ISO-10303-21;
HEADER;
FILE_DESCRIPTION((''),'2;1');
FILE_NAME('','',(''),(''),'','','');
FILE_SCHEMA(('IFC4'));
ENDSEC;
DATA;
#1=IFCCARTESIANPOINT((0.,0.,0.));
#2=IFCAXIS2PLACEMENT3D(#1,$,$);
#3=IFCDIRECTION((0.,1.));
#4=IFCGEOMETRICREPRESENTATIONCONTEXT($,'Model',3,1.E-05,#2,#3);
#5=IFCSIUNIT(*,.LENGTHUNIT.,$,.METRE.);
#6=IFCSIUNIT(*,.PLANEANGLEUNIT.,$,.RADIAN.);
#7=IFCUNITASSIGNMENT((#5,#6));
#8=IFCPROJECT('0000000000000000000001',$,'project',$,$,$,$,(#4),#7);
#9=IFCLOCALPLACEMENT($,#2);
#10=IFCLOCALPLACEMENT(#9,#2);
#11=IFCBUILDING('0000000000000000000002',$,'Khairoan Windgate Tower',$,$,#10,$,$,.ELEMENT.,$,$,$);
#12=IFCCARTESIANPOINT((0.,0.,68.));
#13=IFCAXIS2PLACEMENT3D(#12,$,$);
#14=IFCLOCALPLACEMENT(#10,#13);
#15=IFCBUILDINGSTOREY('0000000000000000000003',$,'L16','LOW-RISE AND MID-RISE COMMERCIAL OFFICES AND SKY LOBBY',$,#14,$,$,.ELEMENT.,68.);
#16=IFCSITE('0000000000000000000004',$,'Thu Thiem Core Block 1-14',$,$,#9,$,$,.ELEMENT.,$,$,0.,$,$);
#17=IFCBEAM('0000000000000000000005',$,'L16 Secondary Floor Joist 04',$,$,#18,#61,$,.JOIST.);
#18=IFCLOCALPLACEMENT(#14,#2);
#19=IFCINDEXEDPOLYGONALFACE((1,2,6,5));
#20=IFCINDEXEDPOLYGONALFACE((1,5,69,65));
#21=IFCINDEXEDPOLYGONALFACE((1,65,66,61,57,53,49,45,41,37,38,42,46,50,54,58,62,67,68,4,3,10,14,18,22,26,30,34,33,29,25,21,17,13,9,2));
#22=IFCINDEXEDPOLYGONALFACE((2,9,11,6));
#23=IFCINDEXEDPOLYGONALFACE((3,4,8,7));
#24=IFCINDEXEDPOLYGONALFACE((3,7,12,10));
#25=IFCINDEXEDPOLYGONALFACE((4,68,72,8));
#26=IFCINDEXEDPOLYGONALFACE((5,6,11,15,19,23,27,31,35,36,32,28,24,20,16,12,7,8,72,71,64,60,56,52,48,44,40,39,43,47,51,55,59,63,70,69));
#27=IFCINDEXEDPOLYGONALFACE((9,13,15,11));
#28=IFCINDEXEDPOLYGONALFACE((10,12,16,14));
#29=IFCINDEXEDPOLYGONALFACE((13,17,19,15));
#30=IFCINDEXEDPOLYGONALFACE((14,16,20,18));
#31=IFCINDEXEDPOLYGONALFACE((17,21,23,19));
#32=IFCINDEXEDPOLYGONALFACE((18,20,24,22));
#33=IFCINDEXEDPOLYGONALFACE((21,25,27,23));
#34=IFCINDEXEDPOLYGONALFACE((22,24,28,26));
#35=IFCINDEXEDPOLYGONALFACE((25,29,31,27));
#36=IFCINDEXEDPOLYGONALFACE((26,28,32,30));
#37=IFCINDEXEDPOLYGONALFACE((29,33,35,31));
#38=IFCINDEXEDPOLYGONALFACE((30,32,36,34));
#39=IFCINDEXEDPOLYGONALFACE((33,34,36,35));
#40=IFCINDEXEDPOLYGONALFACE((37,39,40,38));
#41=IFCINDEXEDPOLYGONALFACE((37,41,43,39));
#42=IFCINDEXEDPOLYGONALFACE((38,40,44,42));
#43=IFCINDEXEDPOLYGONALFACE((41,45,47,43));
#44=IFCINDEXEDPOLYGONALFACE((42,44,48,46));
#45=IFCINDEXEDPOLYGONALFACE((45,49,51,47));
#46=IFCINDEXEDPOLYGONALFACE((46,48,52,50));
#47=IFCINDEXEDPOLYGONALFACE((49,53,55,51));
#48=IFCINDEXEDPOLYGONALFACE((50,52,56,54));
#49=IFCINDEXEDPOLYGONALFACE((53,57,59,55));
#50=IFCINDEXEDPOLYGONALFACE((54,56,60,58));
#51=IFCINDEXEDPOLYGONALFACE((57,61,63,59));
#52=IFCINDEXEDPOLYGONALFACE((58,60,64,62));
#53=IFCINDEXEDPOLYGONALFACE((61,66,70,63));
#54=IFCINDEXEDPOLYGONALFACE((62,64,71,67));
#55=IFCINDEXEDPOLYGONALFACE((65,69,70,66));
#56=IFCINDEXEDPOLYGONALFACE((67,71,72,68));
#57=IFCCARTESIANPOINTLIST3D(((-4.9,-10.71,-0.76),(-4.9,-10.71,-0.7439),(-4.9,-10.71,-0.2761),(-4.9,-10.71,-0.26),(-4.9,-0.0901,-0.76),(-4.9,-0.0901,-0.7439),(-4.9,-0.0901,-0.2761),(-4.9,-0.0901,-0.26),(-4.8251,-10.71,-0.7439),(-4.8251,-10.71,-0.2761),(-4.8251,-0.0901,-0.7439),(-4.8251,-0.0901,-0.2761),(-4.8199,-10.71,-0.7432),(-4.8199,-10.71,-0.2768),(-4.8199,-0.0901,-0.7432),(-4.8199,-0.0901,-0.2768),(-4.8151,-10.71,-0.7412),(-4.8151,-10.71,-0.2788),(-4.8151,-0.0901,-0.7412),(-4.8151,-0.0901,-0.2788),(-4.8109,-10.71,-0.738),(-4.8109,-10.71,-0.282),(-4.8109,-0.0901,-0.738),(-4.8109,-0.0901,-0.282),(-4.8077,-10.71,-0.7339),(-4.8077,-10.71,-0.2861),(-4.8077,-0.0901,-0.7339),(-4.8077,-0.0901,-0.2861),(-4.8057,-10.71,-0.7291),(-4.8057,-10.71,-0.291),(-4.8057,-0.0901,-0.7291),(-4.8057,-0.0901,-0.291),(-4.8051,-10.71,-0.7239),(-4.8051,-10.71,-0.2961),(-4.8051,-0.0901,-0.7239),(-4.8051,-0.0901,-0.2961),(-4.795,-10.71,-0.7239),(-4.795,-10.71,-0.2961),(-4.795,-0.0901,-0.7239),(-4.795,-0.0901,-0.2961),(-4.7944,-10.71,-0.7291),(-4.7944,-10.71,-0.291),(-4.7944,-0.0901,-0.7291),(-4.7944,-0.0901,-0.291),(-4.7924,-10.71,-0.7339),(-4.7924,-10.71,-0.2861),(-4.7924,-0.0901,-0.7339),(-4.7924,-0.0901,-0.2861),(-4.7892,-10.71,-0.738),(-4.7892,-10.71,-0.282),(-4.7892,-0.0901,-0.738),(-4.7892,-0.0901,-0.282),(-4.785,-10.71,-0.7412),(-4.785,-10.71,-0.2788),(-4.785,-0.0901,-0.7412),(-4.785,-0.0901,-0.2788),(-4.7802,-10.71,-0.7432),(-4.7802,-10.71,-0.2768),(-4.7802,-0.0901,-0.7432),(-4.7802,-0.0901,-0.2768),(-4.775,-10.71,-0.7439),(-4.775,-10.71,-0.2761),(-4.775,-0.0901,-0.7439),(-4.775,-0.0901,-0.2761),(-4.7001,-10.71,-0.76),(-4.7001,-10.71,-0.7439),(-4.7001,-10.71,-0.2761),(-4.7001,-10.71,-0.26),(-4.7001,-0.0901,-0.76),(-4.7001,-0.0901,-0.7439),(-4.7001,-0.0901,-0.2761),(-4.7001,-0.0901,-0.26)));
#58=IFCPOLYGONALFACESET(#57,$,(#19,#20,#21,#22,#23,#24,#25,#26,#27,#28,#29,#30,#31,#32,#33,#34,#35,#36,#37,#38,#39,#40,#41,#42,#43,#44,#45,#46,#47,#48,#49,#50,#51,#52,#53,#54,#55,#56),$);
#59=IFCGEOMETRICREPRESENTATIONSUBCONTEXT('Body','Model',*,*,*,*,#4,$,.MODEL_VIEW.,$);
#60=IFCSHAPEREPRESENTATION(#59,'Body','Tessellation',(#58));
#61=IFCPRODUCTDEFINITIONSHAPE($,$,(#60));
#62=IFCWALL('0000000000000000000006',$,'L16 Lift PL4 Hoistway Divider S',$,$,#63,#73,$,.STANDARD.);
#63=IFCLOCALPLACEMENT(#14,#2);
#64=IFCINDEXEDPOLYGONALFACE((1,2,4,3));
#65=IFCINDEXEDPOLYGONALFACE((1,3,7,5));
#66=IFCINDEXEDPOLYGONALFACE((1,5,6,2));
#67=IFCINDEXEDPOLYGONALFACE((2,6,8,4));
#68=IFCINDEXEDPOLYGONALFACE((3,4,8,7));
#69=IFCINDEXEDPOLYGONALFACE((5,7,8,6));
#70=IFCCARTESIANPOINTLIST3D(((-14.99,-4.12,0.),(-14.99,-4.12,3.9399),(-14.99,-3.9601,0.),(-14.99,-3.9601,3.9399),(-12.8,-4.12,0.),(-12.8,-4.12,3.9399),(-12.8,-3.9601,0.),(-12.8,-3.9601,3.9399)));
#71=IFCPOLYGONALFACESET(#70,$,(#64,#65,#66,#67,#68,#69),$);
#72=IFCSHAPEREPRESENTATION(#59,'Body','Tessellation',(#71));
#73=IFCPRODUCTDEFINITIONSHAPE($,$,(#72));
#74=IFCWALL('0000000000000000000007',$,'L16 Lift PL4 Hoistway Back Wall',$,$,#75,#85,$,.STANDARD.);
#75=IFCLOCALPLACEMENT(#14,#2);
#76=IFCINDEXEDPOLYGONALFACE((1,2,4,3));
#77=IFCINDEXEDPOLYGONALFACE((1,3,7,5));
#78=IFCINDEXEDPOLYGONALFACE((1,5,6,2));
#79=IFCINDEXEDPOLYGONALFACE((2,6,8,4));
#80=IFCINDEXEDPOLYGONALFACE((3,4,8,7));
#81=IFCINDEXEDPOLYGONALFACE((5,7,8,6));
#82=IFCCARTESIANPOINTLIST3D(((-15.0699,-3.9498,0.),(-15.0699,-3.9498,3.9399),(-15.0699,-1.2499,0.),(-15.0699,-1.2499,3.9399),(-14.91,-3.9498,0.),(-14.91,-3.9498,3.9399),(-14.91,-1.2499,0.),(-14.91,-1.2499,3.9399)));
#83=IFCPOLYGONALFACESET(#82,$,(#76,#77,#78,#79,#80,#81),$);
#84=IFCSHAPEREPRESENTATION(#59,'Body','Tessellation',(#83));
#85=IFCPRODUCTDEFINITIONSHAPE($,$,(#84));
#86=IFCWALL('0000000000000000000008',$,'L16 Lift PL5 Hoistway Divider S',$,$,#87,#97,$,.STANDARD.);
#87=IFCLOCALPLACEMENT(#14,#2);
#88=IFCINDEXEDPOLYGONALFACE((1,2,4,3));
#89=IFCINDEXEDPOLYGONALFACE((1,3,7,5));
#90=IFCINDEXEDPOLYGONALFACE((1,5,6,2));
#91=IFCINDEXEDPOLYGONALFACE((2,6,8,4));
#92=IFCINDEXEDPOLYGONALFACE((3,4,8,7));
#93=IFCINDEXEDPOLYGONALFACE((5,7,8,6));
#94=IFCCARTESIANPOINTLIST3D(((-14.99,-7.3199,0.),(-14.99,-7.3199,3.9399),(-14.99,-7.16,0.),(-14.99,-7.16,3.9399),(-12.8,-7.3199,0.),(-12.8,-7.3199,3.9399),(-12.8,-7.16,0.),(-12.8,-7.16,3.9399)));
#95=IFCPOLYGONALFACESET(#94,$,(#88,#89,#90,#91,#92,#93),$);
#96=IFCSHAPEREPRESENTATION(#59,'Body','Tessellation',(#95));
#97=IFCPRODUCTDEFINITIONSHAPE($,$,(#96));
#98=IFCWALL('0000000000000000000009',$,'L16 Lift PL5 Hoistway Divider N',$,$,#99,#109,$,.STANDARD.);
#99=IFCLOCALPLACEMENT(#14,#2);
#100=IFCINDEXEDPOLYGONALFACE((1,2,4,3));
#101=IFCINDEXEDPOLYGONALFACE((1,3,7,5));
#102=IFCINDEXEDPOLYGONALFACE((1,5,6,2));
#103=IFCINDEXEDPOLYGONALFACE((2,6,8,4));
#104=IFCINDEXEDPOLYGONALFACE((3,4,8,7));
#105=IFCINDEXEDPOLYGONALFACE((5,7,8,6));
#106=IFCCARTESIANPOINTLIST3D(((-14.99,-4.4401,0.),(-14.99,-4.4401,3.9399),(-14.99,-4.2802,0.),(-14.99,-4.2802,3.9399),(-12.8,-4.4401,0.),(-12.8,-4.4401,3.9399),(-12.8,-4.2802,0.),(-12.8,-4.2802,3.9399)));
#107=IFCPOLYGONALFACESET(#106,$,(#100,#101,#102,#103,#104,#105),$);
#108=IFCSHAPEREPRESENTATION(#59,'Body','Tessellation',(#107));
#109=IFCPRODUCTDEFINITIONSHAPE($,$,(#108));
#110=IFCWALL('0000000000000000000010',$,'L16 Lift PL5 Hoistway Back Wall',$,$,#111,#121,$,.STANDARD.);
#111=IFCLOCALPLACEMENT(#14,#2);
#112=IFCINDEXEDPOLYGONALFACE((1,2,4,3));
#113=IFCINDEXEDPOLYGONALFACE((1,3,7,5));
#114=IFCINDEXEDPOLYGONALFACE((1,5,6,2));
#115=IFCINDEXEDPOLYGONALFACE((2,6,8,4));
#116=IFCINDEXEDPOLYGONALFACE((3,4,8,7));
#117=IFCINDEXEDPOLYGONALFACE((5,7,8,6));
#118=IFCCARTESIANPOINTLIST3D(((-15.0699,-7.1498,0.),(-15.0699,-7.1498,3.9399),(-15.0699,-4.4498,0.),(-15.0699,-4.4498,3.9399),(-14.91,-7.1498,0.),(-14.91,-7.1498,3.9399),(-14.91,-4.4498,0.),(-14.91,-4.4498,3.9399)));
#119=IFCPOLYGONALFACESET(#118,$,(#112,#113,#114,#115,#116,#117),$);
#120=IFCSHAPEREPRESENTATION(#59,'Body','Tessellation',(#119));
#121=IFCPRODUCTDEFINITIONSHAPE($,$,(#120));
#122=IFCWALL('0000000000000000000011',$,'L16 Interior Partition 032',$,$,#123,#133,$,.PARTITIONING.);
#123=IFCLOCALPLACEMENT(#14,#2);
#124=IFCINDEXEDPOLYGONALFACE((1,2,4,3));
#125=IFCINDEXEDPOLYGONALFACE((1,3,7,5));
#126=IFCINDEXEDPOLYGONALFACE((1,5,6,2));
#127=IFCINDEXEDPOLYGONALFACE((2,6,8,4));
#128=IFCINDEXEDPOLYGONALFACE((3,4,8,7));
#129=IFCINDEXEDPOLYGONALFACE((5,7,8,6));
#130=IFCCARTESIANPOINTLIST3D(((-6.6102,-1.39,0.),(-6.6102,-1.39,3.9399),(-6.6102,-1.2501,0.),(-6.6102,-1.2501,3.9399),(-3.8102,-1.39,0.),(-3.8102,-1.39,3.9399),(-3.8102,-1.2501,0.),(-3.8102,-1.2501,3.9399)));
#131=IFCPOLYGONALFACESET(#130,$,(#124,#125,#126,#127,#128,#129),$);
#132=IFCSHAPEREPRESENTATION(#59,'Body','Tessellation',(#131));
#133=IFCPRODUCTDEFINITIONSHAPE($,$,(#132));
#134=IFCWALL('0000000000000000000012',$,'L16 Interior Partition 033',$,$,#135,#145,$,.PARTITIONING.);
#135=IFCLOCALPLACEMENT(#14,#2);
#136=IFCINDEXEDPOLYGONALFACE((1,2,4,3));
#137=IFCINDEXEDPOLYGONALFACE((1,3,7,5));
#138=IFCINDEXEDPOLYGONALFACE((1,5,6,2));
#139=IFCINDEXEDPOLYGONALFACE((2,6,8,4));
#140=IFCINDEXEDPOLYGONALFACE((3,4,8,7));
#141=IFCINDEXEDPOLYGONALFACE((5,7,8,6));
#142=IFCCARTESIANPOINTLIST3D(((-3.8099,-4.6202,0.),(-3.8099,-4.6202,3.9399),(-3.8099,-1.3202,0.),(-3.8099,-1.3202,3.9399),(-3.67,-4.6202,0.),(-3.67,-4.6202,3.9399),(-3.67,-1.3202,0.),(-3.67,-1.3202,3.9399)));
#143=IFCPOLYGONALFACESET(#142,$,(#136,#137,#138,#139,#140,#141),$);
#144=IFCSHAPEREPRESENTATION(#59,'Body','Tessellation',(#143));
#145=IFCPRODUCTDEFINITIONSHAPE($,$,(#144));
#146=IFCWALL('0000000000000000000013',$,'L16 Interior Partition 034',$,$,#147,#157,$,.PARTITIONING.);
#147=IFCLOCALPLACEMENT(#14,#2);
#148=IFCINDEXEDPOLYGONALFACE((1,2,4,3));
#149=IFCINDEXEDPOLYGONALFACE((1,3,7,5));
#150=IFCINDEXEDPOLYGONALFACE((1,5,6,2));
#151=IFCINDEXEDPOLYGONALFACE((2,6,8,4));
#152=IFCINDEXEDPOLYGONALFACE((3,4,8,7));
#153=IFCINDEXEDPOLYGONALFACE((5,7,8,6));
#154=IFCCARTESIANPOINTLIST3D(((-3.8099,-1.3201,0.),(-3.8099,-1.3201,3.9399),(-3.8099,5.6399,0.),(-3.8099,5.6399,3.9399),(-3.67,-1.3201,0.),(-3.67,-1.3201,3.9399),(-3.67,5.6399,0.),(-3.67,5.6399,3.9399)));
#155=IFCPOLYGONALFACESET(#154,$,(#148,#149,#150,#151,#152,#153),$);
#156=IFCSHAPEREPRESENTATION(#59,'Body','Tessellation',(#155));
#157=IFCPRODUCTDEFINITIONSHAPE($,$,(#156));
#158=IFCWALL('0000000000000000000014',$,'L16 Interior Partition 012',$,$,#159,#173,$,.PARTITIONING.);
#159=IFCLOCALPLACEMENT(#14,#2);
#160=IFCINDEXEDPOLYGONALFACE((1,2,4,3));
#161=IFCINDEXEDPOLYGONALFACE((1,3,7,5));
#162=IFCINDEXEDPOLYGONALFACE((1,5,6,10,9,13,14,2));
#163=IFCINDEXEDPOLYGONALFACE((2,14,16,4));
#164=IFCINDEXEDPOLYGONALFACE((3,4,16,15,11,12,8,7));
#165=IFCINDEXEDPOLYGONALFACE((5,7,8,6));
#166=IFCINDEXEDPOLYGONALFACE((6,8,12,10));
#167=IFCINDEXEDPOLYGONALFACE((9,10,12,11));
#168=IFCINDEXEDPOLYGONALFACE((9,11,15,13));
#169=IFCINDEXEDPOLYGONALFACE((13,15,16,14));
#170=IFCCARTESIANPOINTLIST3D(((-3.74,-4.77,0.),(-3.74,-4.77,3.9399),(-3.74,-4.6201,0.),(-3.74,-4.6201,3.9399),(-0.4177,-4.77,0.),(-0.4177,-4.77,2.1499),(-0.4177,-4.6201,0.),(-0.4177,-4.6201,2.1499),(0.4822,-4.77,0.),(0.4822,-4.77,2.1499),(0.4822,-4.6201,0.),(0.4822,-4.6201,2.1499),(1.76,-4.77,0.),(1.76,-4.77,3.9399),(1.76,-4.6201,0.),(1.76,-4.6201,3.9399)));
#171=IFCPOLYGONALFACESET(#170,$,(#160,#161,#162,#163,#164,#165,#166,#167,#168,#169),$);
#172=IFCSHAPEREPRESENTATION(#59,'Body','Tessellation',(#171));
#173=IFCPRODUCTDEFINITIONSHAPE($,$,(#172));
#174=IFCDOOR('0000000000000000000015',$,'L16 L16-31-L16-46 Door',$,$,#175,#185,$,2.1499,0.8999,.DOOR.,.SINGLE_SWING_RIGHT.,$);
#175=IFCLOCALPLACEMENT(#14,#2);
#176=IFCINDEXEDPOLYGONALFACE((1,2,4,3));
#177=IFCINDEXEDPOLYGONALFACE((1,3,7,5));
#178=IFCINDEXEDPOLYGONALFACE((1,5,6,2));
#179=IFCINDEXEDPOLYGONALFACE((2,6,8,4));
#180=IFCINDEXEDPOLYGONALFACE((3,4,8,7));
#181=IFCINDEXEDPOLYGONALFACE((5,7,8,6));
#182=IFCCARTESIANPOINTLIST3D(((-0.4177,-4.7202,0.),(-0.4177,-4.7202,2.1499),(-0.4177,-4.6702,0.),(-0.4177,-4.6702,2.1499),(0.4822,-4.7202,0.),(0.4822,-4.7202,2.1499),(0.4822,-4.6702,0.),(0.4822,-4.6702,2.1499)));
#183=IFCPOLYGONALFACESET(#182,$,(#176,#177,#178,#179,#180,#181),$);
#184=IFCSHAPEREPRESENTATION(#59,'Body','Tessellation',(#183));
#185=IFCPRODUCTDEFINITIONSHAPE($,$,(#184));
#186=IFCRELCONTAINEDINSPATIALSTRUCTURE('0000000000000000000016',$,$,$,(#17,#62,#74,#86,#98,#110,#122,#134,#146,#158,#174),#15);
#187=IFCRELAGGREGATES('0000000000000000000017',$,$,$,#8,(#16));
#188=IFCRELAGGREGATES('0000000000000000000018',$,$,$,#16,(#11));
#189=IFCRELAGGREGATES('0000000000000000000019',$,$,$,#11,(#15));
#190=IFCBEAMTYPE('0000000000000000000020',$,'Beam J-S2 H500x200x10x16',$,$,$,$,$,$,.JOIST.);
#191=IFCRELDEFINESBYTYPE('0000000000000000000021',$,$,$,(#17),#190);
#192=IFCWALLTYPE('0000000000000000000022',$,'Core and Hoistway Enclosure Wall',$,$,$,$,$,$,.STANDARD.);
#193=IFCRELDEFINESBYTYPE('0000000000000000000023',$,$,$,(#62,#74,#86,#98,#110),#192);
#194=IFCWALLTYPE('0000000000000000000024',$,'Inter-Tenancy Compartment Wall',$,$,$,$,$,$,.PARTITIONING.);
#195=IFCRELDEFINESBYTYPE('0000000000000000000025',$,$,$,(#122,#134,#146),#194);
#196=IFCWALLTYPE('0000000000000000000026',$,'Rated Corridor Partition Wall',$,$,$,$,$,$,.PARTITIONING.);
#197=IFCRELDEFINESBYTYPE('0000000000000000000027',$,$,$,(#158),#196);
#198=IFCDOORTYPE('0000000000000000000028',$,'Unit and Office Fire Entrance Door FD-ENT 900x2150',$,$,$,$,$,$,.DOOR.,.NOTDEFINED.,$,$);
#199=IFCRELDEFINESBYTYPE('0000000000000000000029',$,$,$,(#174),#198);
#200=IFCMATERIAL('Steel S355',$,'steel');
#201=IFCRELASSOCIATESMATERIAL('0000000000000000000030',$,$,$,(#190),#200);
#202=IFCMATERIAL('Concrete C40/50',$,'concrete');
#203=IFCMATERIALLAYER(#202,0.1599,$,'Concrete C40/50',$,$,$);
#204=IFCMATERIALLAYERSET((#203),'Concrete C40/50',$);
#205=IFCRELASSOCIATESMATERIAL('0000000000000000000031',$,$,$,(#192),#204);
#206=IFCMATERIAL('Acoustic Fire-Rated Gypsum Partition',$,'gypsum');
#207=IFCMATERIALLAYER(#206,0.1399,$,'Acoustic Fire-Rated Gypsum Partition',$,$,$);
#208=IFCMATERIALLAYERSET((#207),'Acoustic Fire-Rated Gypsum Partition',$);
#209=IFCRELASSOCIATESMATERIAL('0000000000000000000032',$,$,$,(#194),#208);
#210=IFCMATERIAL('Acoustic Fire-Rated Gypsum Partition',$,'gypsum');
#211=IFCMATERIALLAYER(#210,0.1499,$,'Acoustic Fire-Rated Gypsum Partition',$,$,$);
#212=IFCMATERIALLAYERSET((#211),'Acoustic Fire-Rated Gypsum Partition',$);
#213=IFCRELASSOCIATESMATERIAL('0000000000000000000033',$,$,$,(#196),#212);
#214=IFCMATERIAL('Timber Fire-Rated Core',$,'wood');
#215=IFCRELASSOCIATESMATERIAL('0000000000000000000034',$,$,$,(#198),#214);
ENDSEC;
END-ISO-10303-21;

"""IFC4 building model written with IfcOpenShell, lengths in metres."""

from ifc_helpers import new_model, si_unit, direction, frame, frame_2d, origin, origin_2d, place, context, subcontext, project, spatial, rectangle, i_section, extrude, material, layer, layer_set, material_profile, profile_set, type_object, element, fill, save


model = new_model("IFC4")

# Units and contexts
model_context = context("Model", 3, precision=1e-05, world=origin(), true_north=direction((0.0, 1.0)))
body_context = subcontext(model_context, "Body", "Model", "MODEL_VIEW")
ifc_project = project(units=[si_unit("LENGTHUNIT", "METRE"), si_unit("PLANEANGLEUNIT", "RADIAN")], contexts=[model_context])

# Site, building, storey
site_placement = place(None, origin())
site = spatial("IfcSite", under=ifc_project, at=site_placement, Name="Thu Thiem Core Block 1-14", CompositionType="ELEMENT", RefElevation=0.0)
building_placement = place(site_placement, origin())
building = spatial("IfcBuilding", under=site, at=building_placement, Name="Khairoan Windgate Tower", CompositionType="ELEMENT")
storey_placement = place(building_placement, frame((0.0, 0.0, 68.0)))
storey = spatial("IfcBuildingStorey", under=building, at=storey_placement, Name="L16", Description="LOW-RISE AND MID-RISE COMMERCIAL OFFICES AND SKY LOBBY", CompositionType="ELEMENT", Elevation=68.0)

# Beam
ifc_material_1 = material(Name="Steel S355", Category="steel")
ifc_material_profile_1 = material_profile(ifc_material_1, i_section(OverallWidth=0.2, OverallDepth=0.5, WebThickness=0.01, FlangeThickness=0.0161, FilletRadius=0.02, at=origin_2d()))
ifc_profile_set_1 = profile_set([ifc_material_profile_1], Name="Steel S355")
beam_type_1 = type_object("IfcBeamType", Name="Beam J-S2 H500x200x10x16", PredefinedType="JOIST", material=ifc_profile_set_1)
beam_1_placement = place(storey_placement, frame((-4.8, -10.71, -0.51), z_axis=(0.0, 1.0, 0.0), x_axis=(-1.0, 0.0, 0.0)))
element("IfcBeam", 1, at=beam_1_placement, inside=storey, type_object=beam_type_1, Name="L16 Secondary Floor Joist 04", PredefinedType="JOIST", context=body_context, shape_type="SweptSolid", body=[
    extrude(i_section(OverallWidth=0.2, OverallDepth=0.5, WebThickness=0.01, FlangeThickness=0.0161, FilletRadius=0.02, at=origin_2d()), origin(), (0.0, 0.0, 1.0), 10.6199),
])

# Walls
ifc_material_2 = material(Name="Concrete C40/50", Category="concrete")
ifc_layer_1 = layer(ifc_material_2, 0.1599, Name="Concrete C40/50")
ifc_layer_set_1 = layer_set([ifc_layer_1], Name="Concrete C40/50")
wall_type_1 = type_object("IfcWallType", Name="Core and Hoistway Enclosure Wall", PredefinedType="STANDARD", material=ifc_layer_set_1)
wall_1_placement = place(storey_placement, frame((-14.99, -4.04, 0.0), z_axis=(0.0, 0.0, 1.0), x_axis=(1.0, 0.0, 0.0)))
element("IfcWall", 2, at=wall_1_placement, inside=storey, type_object=wall_type_1, Name="L16 Lift PL4 Hoistway Divider S", PredefinedType="STANDARD", context=body_context, shape_type="SweptSolid", body=[
    extrude(rectangle(XDim=2.1899, YDim=0.1599, at=frame_2d((1.095, 0.0))), origin(), (0.0, 0.0, 1.0), 3.9399),
])
wall_2_placement = place(storey_placement, frame((-14.99, -3.95, 0.0), z_axis=(0.0, 0.0, 1.0), x_axis=(0.0, 1.0, 0.0)))
element("IfcWall", 3, at=wall_2_placement, inside=storey, type_object=wall_type_1, Name="L16 Lift PL4 Hoistway Back Wall", PredefinedType="STANDARD", context=body_context, shape_type="SweptSolid", body=[
    extrude(rectangle(XDim=2.7, YDim=0.1599, at=frame_2d((1.3501, 0.0))), origin(), (0.0, 0.0, 1.0), 3.9399),
])
for number, where, z_axis, x_axis, name in (
    (4, (-14.99, -7.24, 0.0), (0.0, 0.0, 1.0), (1.0, 0.0, 0.0), "L16 Lift PL5 Hoistway Divider S"),
    (5, (-14.99, -4.3601, 0.0), (0.0, 0.0, 1.0), (1.0, 0.0, 0.0), "L16 Lift PL5 Hoistway Divider N"),
):
    element("IfcWall", number, at=place(storey_placement, frame(where, z_axis=z_axis, x_axis=x_axis)), inside=storey, type_object=wall_type_1, Name=name, PredefinedType="STANDARD", context=body_context, shape_type="SweptSolid", body=[
        extrude(rectangle(XDim=2.1899, YDim=0.1599, at=frame_2d((1.095, 0.0))), origin(), (0.0, 0.0, 1.0), 3.9399),
    ])
wall_3_placement = place(storey_placement, frame((-14.99, -7.1499, 0.0), z_axis=(0.0, 0.0, 1.0), x_axis=(0.0, 1.0, 0.0)))
element("IfcWall", 6, at=wall_3_placement, inside=storey, type_object=wall_type_1, Name="L16 Lift PL5 Hoistway Back Wall", PredefinedType="STANDARD", context=body_context, shape_type="SweptSolid", body=[
    extrude(rectangle(XDim=2.7, YDim=0.1599, at=frame_2d((1.3501, 0.0))), origin(), (0.0, 0.0, 1.0), 3.9399),
])
ifc_material_3 = material(Name="Acoustic Fire-Rated Gypsum Partition", Category="gypsum")
ifc_layer_2 = layer(ifc_material_3, 0.1399, Name="Acoustic Fire-Rated Gypsum Partition")
ifc_layer_set_2 = layer_set([ifc_layer_2], Name="Acoustic Fire-Rated Gypsum Partition")
wall_type_2 = type_object("IfcWallType", Name="Inter-Tenancy Compartment Wall", PredefinedType="PARTITIONING", material=ifc_layer_set_2)
wall_4_placement = place(storey_placement, frame((-6.6101, -1.3201, 0.0), z_axis=(0.0, 0.0, 1.0), x_axis=(1.0, 0.0, 0.0)))
element("IfcWall", 7, at=wall_4_placement, inside=storey, type_object=wall_type_2, Name="L16 Interior Partition 032", PredefinedType="PARTITIONING", context=body_context, shape_type="SweptSolid", body=[
    extrude(rectangle(XDim=2.8, YDim=0.1399, at=frame_2d((1.3999, 0.0))), origin(), (0.0, 0.0, 1.0), 3.9399),
])
wall_5_placement = place(storey_placement, frame((-3.74, -4.6201, 0.0), z_axis=(0.0, 0.0, 1.0), x_axis=(0.0, 1.0, 0.0)))
element("IfcWall", 8, at=wall_5_placement, inside=storey, type_object=wall_type_2, Name="L16 Interior Partition 033", PredefinedType="PARTITIONING", context=body_context, shape_type="SweptSolid", body=[
    extrude(rectangle(XDim=3.3, YDim=0.1399, at=frame_2d((1.6499, 0.0))), origin(), (0.0, 0.0, 1.0), 3.9399),
])
wall_6_placement = place(storey_placement, frame((-3.74, -1.3201, 0.0), z_axis=(0.0, 0.0, 1.0), x_axis=(0.0, 1.0, 0.0)))
element("IfcWall", 9, at=wall_6_placement, inside=storey, type_object=wall_type_2, Name="L16 Interior Partition 034", PredefinedType="PARTITIONING", context=body_context, shape_type="SweptSolid", body=[
    extrude(rectangle(XDim=6.96, YDim=0.1399, at=frame_2d((3.48, 0.0))), origin(), (0.0, 0.0, 1.0), 3.9399),
])

# Wall, opening, door
ifc_material_4 = material(Name="Acoustic Fire-Rated Gypsum Partition", Category="gypsum")
ifc_layer_3 = layer(ifc_material_4, 0.1499, Name="Acoustic Fire-Rated Gypsum Partition")
ifc_layer_set_3 = layer_set([ifc_layer_3], Name="Acoustic Fire-Rated Gypsum Partition")
wall_type_3 = type_object("IfcWallType", Name="Rated Corridor Partition Wall", PredefinedType="PARTITIONING", material=ifc_layer_set_3)
ifc_material_5 = material(Name="Timber Fire-Rated Core", Category="wood")
door_type = type_object("IfcDoorType", Name="Unit and Office Fire Entrance Door FD-ENT 900x2150", OperationType="NOTDEFINED", PredefinedType="DOOR", material=ifc_material_5)
wall_7_placement = place(storey_placement, frame((-3.74, -4.6951, 0.0), z_axis=(0.0, 0.0, 1.0), x_axis=(1.0, 0.0, 0.0)))
wall_7 = element("IfcWall", 10, at=wall_7_placement, inside=storey, type_object=wall_type_3, Name="L16 Interior Partition 012", PredefinedType="PARTITIONING", context=body_context, shape_type="SweptSolid", body=[
    extrude(rectangle(XDim=5.5, YDim=0.1499, at=frame_2d((2.75, 0.0))), origin(), (0.0, 0.0, 1.0), 3.9399),
])
opening_1_placement = place(wall_7_placement, frame((3.3223, 0.0, 0.0)))
opening_1 = element("IfcOpeningElement", 11, at=opening_1_placement, cuts=wall_7, PredefinedType="OPENING", context=body_context, shape_type="SweptSolid", body=[
    extrude(rectangle(XDim=0.8999, YDim=2.1499, at=frame_2d((0.45, 1.075))), frame((0.0, 0.085, 0.0), z_axis=(0.0, -1.0, 0.0), x_axis=(1.0, 0.0, 0.0)), (0.0, 0.0, 1.0), 0.1699),
])
door_1_placement = place(opening_1_placement, origin())
door_1 = element("IfcDoor", 12, at=door_1_placement, inside=storey, type_object=door_type, Name="L16 L16-31-L16-46 Door", OperationType="SINGLE_SWING_RIGHT", OverallHeight=2.1499, OverallWidth=0.8999, PredefinedType="DOOR", context=body_context, shape_type="SweptSolid", body=[
    extrude(rectangle(XDim=0.8999, YDim=2.1499, at=frame_2d((0.45, 1.075))), frame((0.0, 0.0249, 0.0), z_axis=(0.0, -1.0, 0.0), x_axis=(1.0, 0.0, 0.0)), (0.0, 0.0, 1.0), 0.05),
])
fill(opening_1, door_1)

save(model, "model.ifc")
